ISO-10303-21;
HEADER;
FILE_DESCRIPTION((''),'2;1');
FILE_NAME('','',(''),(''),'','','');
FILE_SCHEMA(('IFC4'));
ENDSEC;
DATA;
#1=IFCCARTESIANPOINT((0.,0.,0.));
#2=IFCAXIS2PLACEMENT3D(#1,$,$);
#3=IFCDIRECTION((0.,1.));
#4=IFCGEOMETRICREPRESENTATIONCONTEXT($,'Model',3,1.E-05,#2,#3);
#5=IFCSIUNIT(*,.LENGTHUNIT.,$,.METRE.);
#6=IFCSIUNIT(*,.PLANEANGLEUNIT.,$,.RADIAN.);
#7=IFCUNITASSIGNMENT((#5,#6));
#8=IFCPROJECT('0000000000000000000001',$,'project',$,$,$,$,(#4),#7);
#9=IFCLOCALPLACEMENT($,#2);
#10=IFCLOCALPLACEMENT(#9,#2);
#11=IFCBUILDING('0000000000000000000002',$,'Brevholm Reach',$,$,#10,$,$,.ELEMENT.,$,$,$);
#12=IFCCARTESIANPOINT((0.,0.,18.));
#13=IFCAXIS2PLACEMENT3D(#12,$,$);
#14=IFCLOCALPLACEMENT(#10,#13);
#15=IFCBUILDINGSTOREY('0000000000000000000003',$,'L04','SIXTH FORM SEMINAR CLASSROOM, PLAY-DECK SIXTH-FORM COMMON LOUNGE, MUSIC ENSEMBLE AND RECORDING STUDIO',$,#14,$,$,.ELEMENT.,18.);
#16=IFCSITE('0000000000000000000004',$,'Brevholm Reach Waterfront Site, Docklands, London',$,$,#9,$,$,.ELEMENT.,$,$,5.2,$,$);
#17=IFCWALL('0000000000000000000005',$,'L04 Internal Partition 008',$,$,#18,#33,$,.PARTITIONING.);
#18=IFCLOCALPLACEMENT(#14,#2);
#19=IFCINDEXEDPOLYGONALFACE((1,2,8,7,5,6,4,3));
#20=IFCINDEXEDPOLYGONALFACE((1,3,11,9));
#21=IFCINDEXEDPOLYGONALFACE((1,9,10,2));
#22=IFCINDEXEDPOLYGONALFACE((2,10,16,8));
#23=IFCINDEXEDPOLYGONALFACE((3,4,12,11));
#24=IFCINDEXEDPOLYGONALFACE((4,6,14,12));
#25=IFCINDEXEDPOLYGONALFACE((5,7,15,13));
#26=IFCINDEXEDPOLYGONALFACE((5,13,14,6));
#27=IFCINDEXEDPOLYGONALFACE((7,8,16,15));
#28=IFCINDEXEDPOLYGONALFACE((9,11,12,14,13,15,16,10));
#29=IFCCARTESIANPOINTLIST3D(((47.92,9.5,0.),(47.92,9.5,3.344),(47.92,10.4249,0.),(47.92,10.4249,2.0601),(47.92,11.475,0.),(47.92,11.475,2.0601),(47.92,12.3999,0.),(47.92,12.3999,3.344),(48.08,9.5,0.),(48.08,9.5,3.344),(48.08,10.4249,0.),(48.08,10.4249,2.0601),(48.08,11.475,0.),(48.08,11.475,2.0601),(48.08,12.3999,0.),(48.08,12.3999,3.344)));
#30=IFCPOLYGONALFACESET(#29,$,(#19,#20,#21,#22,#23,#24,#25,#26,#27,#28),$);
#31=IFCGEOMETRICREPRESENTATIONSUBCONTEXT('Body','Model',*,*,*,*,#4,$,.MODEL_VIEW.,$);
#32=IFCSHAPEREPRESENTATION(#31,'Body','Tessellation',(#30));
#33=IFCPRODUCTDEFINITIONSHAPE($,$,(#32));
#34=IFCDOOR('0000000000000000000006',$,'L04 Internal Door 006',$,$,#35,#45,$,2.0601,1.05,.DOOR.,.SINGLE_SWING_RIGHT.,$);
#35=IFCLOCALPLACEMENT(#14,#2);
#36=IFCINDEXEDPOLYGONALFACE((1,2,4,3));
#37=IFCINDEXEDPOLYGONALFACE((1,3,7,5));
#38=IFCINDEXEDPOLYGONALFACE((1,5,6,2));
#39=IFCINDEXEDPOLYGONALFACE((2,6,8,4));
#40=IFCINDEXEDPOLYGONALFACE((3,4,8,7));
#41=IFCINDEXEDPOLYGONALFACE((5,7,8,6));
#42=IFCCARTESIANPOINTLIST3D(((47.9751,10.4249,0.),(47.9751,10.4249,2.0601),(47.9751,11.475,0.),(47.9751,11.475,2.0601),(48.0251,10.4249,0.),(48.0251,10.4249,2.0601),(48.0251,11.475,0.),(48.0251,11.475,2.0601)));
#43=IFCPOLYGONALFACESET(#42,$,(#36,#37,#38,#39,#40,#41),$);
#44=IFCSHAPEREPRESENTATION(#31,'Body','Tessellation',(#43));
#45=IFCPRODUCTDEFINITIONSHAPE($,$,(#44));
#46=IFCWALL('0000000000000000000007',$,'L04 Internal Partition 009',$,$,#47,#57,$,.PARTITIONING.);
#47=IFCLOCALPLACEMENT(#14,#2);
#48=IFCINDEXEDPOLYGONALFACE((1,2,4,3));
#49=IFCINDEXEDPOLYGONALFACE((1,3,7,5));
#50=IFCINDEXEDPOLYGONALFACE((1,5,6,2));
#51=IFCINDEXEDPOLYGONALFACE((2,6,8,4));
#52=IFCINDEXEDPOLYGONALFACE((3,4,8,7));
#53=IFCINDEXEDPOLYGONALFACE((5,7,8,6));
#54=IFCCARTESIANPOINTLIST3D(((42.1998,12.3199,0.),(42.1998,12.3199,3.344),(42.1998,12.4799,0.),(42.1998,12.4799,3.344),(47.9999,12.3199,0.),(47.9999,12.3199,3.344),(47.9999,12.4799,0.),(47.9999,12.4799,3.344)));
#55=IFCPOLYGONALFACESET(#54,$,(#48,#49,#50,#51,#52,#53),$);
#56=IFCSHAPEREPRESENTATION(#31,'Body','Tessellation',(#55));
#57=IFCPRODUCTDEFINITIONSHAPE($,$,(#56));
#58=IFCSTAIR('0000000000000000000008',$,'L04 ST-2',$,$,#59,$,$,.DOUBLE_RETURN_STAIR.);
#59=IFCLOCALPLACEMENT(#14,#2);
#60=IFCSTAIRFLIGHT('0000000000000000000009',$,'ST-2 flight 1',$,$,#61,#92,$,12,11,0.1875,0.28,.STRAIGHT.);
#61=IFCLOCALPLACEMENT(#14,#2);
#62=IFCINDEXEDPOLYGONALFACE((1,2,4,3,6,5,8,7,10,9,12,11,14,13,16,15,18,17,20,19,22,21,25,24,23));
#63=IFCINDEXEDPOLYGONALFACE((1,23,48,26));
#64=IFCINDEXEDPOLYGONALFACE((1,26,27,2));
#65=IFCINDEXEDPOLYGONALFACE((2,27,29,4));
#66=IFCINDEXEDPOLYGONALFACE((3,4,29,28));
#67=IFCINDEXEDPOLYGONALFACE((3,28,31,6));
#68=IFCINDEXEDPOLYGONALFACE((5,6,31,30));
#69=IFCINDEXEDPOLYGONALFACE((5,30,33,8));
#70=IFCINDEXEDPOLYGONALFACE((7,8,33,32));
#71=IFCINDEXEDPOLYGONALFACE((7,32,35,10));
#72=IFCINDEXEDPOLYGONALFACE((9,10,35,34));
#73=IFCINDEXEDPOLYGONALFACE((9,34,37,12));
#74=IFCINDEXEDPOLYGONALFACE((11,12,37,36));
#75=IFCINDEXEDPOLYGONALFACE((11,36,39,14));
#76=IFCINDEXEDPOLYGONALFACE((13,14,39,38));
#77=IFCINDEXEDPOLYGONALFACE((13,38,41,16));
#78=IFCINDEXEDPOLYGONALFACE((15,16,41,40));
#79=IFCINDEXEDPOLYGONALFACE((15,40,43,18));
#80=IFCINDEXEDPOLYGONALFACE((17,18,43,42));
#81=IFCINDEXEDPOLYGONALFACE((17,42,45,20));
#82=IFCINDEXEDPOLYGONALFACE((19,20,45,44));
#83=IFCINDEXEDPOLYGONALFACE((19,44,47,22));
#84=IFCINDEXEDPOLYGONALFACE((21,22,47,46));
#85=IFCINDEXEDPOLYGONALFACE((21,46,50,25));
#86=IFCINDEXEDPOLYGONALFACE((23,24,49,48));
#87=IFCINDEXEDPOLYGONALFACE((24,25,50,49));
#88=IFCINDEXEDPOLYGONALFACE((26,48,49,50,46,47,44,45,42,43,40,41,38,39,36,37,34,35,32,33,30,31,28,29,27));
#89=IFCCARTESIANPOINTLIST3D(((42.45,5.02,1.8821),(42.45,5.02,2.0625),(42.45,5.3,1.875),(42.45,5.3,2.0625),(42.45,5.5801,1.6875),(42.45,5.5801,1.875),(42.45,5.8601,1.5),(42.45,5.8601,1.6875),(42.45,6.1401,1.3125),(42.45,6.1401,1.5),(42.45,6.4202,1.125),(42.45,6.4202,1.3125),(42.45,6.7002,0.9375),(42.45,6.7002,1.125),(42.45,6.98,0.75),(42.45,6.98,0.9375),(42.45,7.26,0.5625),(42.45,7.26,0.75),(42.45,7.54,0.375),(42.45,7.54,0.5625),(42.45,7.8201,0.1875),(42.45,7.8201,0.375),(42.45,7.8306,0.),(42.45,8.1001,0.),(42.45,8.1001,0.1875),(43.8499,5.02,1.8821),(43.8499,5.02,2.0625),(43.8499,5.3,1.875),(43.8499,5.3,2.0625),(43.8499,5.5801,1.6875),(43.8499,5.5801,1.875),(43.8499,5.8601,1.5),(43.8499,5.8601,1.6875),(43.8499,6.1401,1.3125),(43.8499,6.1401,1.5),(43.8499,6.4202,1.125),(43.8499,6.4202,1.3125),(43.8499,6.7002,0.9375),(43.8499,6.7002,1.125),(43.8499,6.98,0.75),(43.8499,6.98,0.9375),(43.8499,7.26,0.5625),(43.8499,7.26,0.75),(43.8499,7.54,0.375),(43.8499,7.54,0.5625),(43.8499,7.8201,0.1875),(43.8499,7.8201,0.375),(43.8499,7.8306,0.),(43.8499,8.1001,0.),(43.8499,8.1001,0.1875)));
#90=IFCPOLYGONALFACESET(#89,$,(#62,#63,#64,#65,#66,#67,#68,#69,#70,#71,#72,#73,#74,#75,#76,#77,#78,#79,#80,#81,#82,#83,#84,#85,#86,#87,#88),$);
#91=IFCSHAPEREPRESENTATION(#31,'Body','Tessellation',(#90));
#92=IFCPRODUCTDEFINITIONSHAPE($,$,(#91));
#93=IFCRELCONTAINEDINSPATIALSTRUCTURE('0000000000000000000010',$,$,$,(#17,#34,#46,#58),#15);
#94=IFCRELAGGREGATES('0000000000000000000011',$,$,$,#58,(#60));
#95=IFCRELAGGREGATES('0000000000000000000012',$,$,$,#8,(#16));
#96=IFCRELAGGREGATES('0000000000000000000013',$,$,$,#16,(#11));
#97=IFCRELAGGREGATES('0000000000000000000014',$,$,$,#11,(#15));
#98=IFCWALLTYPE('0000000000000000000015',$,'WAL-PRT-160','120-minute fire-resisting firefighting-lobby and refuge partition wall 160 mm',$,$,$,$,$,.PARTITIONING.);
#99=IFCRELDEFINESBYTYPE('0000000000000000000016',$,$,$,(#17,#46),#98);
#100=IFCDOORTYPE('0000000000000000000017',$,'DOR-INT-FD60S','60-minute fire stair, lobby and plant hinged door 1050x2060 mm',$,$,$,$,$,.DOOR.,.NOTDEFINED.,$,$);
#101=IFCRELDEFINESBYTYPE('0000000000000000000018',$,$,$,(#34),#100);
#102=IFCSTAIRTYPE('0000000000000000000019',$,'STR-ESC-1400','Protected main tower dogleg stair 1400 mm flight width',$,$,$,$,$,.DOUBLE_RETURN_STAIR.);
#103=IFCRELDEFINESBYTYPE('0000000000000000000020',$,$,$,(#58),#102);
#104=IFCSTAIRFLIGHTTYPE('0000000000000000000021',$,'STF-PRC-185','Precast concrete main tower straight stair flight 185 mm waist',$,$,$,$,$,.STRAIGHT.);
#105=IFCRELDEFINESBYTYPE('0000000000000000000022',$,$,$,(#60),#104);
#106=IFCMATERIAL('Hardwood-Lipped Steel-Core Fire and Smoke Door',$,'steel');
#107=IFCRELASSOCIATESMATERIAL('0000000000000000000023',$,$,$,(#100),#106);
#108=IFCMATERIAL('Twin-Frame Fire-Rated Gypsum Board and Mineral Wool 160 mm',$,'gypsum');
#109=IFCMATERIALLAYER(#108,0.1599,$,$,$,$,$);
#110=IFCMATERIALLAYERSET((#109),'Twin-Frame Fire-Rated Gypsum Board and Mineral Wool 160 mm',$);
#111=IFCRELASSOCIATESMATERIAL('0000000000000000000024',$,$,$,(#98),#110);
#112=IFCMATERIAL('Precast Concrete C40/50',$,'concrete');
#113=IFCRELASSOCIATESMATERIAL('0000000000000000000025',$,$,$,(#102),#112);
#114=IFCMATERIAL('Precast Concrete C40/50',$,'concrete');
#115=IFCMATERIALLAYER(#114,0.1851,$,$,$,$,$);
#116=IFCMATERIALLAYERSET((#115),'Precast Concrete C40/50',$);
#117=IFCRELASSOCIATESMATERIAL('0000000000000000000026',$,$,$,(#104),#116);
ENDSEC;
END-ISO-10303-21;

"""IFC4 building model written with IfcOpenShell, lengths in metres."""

from ifc_helpers import new_model, si_unit, direction, frame, frame_2d, origin, place, context, subcontext, project, spatial, polyline, rectangle, outline, extrude, material, layer, layer_set, type_object, element, fill, aggregate, save


model = new_model("IFC4")

# Units and contexts
model_context = context("Model", 3, precision=1e-05, world=origin(), true_north=direction((0.0, 1.0)))
body_context = subcontext(model_context, "Body", "Model", "MODEL_VIEW")
ifc_project = project(units=[si_unit("LENGTHUNIT", "METRE"), si_unit("PLANEANGLEUNIT", "RADIAN")], contexts=[model_context])

# Site, building, storey
site_placement = place(None, origin())
site = spatial("IfcSite", under=ifc_project, at=site_placement, Name="Brevholm Reach Waterfront Site, Docklands, London", CompositionType="ELEMENT", RefElevation=5.2)
building_placement = place(site_placement, origin())
building = spatial("IfcBuilding", under=site, at=building_placement, Name="Brevholm Reach", CompositionType="ELEMENT")
storey_placement = place(building_placement, frame((0.0, 0.0, 18.0)))
storey = spatial("IfcBuildingStorey", under=building, at=storey_placement, Name="L04", Description="SIXTH FORM SEMINAR CLASSROOM, PLAY-DECK SIXTH-FORM COMMON LOUNGE, MUSIC ENSEMBLE AND RECORDING STUDIO", CompositionType="ELEMENT", Elevation=18.0)

# Shared definitions
ifc_material_1 = material(Name="Hardwood-Lipped Steel-Core Fire and Smoke Door", Category="steel")
door_type_1 = type_object("IfcDoorType", Name="DOR-INT-FD60S", Description="60-minute fire stair, lobby and plant hinged door 1050x2060 mm", OperationType="NOTDEFINED", PredefinedType="DOOR", material=ifc_material_1)

# Wall, opening, door
ifc_material_2 = material(Name="Twin-Frame Fire-Rated Gypsum Board and Mineral Wool 160 mm", Category="gypsum")
ifc_layer_1 = layer(ifc_material_2, 0.1599)
ifc_layer_set_1 = layer_set([ifc_layer_1], Name="Twin-Frame Fire-Rated Gypsum Board and Mineral Wool 160 mm")
wall_type_1 = type_object("IfcWallType", Name="WAL-PRT-160", Description="120-minute fire-resisting firefighting-lobby and refuge partition wall 160 mm", PredefinedType="PARTITIONING", material=ifc_layer_set_1)
wall_1_placement = place(storey_placement, frame((48.0, 9.5, 0.0), z_axis=(0.0, 0.0, 1.0), x_axis=(0.0, 1.0, 0.0)))
wall_1 = element("IfcWall", 1, at=wall_1_placement, inside=storey, type_object=wall_type_1, Name="L04 Internal Partition 008", PredefinedType="PARTITIONING", context=body_context, shape_type="SweptSolid", body=[
    extrude(rectangle(XDim=2.8999, YDim=0.1599, at=frame_2d((1.45, 0.0))), origin(), (0.0, 0.0, 1.0), 3.344),
])
opening_1_placement = place(wall_1_placement, frame((0.925, 0.0, 0.0)))
opening_1 = element("IfcOpeningElement", 2, at=opening_1_placement, cuts=wall_1, PredefinedType="OPENING", context=body_context, shape_type="SweptSolid", body=[
    extrude(rectangle(XDim=1.05, YDim=2.0601, at=frame_2d((0.5249, 1.03))), frame((0.0, 0.0898, 0.0), z_axis=(0.0, -1.0, 0.0), x_axis=(1.0, 0.0, 0.0)), (0.0, 0.0, 1.0), 0.1799),
])
door_1_placement = place(opening_1_placement, origin())
door_1 = element("IfcDoor", 3, at=door_1_placement, inside=storey, type_object=door_type_1, Name="L04 Internal Door 006", OperationType="SINGLE_SWING_RIGHT", OverallHeight=2.0601, OverallWidth=1.05, PredefinedType="DOOR", context=body_context, shape_type="SweptSolid", body=[
    extrude(rectangle(XDim=1.05, YDim=2.0601, at=frame_2d((0.5249, 1.03))), frame((0.0, 0.0249, 0.0), z_axis=(0.0, -1.0, 0.0), x_axis=(1.0, 0.0, 0.0)), (0.0, 0.0, 1.0), 0.05),
])
fill(opening_1, door_1)

# Wall
wall_2_placement = place(storey_placement, frame((42.2, 12.3999, 0.0), z_axis=(0.0, 0.0, 1.0), x_axis=(1.0, 0.0, 0.0)))
element("IfcWall", 4, at=wall_2_placement, inside=storey, type_object=wall_type_1, Name="L04 Internal Partition 009", PredefinedType="PARTITIONING", context=body_context, shape_type="SweptSolid", body=[
    extrude(rectangle(XDim=5.8, YDim=0.1599, at=frame_2d((2.8999, 0.0))), origin(), (0.0, 0.0, 1.0), 3.344),
])

# Stair, stair flight
ifc_material_3 = material(Name="Precast Concrete C40/50", Category="concrete")
stair_type = type_object("IfcStairType", Name="STR-ESC-1400", Description="Protected main tower dogleg stair 1400 mm flight width", PredefinedType="DOUBLE_RETURN_STAIR", material=ifc_material_3)
stair_placement = place(storey_placement, origin())
stair = element("IfcStair", 5, at=stair_placement, inside=storey, type_object=stair_type, Name="L04 ST-2", PredefinedType="DOUBLE_RETURN_STAIR")
ifc_material_4 = material(Name="Precast Concrete C40/50", Category="concrete")
ifc_layer_2 = layer(ifc_material_4, 0.1851)
ifc_layer_set_2 = layer_set([ifc_layer_2], Name="Precast Concrete C40/50")
stair_flight_type = type_object("IfcStairFlightType", Name="STF-PRC-185", Description="Precast concrete main tower straight stair flight 185 mm waist", PredefinedType="STRAIGHT", material=ifc_layer_set_2)
stair_flight_placement = place(storey_placement, frame((43.1499, 8.1001, 0.0), z_axis=(0.0, 0.0, 1.0), x_axis=(0.0, -1.0, 0.0)))
stair_flight = element("IfcStairFlight", 6, at=stair_flight_placement, type_object=stair_flight_type, Name="ST-2 flight 1", NumberOfRisers=12, NumberOfTreads=11, PredefinedType="STRAIGHT", RiserHeight=0.1875, TreadLength=0.28, context=body_context, shape_type="SweptSolid", body=[
    extrude(outline(polyline([(0.0, 0.0), (0.0, 0.1875), (0.28, 0.1875), (0.28, 0.375), (0.5601, 0.375), (0.5601, 0.5625), (0.8401, 0.5625), (0.8401, 0.75), (1.1201, 0.75), (1.1201, 0.9375), (1.3999, 0.9375), (1.3999, 1.125), (1.6799, 1.125), (1.6799, 1.3125), (1.96, 1.3125), (1.96, 1.5), (2.24, 1.5), (2.24, 1.6875), (2.52, 1.6875), (2.52, 1.875), (2.8, 1.875), (2.8, 2.0625), (3.0801, 2.0625), (3.0801, 2.25), (3.0801, 1.8821), (0.2695, 0.0), (0.0, 0.0)])), frame((0.0, 0.7, 0.0), z_axis=(0.0, -1.0, 0.0), x_axis=(1.0, 0.0, 0.0)), (0.0, 0.0, 1.0), 1.3999),
])
aggregate(stair, [stair_flight])

save(model, "model.ifc")
